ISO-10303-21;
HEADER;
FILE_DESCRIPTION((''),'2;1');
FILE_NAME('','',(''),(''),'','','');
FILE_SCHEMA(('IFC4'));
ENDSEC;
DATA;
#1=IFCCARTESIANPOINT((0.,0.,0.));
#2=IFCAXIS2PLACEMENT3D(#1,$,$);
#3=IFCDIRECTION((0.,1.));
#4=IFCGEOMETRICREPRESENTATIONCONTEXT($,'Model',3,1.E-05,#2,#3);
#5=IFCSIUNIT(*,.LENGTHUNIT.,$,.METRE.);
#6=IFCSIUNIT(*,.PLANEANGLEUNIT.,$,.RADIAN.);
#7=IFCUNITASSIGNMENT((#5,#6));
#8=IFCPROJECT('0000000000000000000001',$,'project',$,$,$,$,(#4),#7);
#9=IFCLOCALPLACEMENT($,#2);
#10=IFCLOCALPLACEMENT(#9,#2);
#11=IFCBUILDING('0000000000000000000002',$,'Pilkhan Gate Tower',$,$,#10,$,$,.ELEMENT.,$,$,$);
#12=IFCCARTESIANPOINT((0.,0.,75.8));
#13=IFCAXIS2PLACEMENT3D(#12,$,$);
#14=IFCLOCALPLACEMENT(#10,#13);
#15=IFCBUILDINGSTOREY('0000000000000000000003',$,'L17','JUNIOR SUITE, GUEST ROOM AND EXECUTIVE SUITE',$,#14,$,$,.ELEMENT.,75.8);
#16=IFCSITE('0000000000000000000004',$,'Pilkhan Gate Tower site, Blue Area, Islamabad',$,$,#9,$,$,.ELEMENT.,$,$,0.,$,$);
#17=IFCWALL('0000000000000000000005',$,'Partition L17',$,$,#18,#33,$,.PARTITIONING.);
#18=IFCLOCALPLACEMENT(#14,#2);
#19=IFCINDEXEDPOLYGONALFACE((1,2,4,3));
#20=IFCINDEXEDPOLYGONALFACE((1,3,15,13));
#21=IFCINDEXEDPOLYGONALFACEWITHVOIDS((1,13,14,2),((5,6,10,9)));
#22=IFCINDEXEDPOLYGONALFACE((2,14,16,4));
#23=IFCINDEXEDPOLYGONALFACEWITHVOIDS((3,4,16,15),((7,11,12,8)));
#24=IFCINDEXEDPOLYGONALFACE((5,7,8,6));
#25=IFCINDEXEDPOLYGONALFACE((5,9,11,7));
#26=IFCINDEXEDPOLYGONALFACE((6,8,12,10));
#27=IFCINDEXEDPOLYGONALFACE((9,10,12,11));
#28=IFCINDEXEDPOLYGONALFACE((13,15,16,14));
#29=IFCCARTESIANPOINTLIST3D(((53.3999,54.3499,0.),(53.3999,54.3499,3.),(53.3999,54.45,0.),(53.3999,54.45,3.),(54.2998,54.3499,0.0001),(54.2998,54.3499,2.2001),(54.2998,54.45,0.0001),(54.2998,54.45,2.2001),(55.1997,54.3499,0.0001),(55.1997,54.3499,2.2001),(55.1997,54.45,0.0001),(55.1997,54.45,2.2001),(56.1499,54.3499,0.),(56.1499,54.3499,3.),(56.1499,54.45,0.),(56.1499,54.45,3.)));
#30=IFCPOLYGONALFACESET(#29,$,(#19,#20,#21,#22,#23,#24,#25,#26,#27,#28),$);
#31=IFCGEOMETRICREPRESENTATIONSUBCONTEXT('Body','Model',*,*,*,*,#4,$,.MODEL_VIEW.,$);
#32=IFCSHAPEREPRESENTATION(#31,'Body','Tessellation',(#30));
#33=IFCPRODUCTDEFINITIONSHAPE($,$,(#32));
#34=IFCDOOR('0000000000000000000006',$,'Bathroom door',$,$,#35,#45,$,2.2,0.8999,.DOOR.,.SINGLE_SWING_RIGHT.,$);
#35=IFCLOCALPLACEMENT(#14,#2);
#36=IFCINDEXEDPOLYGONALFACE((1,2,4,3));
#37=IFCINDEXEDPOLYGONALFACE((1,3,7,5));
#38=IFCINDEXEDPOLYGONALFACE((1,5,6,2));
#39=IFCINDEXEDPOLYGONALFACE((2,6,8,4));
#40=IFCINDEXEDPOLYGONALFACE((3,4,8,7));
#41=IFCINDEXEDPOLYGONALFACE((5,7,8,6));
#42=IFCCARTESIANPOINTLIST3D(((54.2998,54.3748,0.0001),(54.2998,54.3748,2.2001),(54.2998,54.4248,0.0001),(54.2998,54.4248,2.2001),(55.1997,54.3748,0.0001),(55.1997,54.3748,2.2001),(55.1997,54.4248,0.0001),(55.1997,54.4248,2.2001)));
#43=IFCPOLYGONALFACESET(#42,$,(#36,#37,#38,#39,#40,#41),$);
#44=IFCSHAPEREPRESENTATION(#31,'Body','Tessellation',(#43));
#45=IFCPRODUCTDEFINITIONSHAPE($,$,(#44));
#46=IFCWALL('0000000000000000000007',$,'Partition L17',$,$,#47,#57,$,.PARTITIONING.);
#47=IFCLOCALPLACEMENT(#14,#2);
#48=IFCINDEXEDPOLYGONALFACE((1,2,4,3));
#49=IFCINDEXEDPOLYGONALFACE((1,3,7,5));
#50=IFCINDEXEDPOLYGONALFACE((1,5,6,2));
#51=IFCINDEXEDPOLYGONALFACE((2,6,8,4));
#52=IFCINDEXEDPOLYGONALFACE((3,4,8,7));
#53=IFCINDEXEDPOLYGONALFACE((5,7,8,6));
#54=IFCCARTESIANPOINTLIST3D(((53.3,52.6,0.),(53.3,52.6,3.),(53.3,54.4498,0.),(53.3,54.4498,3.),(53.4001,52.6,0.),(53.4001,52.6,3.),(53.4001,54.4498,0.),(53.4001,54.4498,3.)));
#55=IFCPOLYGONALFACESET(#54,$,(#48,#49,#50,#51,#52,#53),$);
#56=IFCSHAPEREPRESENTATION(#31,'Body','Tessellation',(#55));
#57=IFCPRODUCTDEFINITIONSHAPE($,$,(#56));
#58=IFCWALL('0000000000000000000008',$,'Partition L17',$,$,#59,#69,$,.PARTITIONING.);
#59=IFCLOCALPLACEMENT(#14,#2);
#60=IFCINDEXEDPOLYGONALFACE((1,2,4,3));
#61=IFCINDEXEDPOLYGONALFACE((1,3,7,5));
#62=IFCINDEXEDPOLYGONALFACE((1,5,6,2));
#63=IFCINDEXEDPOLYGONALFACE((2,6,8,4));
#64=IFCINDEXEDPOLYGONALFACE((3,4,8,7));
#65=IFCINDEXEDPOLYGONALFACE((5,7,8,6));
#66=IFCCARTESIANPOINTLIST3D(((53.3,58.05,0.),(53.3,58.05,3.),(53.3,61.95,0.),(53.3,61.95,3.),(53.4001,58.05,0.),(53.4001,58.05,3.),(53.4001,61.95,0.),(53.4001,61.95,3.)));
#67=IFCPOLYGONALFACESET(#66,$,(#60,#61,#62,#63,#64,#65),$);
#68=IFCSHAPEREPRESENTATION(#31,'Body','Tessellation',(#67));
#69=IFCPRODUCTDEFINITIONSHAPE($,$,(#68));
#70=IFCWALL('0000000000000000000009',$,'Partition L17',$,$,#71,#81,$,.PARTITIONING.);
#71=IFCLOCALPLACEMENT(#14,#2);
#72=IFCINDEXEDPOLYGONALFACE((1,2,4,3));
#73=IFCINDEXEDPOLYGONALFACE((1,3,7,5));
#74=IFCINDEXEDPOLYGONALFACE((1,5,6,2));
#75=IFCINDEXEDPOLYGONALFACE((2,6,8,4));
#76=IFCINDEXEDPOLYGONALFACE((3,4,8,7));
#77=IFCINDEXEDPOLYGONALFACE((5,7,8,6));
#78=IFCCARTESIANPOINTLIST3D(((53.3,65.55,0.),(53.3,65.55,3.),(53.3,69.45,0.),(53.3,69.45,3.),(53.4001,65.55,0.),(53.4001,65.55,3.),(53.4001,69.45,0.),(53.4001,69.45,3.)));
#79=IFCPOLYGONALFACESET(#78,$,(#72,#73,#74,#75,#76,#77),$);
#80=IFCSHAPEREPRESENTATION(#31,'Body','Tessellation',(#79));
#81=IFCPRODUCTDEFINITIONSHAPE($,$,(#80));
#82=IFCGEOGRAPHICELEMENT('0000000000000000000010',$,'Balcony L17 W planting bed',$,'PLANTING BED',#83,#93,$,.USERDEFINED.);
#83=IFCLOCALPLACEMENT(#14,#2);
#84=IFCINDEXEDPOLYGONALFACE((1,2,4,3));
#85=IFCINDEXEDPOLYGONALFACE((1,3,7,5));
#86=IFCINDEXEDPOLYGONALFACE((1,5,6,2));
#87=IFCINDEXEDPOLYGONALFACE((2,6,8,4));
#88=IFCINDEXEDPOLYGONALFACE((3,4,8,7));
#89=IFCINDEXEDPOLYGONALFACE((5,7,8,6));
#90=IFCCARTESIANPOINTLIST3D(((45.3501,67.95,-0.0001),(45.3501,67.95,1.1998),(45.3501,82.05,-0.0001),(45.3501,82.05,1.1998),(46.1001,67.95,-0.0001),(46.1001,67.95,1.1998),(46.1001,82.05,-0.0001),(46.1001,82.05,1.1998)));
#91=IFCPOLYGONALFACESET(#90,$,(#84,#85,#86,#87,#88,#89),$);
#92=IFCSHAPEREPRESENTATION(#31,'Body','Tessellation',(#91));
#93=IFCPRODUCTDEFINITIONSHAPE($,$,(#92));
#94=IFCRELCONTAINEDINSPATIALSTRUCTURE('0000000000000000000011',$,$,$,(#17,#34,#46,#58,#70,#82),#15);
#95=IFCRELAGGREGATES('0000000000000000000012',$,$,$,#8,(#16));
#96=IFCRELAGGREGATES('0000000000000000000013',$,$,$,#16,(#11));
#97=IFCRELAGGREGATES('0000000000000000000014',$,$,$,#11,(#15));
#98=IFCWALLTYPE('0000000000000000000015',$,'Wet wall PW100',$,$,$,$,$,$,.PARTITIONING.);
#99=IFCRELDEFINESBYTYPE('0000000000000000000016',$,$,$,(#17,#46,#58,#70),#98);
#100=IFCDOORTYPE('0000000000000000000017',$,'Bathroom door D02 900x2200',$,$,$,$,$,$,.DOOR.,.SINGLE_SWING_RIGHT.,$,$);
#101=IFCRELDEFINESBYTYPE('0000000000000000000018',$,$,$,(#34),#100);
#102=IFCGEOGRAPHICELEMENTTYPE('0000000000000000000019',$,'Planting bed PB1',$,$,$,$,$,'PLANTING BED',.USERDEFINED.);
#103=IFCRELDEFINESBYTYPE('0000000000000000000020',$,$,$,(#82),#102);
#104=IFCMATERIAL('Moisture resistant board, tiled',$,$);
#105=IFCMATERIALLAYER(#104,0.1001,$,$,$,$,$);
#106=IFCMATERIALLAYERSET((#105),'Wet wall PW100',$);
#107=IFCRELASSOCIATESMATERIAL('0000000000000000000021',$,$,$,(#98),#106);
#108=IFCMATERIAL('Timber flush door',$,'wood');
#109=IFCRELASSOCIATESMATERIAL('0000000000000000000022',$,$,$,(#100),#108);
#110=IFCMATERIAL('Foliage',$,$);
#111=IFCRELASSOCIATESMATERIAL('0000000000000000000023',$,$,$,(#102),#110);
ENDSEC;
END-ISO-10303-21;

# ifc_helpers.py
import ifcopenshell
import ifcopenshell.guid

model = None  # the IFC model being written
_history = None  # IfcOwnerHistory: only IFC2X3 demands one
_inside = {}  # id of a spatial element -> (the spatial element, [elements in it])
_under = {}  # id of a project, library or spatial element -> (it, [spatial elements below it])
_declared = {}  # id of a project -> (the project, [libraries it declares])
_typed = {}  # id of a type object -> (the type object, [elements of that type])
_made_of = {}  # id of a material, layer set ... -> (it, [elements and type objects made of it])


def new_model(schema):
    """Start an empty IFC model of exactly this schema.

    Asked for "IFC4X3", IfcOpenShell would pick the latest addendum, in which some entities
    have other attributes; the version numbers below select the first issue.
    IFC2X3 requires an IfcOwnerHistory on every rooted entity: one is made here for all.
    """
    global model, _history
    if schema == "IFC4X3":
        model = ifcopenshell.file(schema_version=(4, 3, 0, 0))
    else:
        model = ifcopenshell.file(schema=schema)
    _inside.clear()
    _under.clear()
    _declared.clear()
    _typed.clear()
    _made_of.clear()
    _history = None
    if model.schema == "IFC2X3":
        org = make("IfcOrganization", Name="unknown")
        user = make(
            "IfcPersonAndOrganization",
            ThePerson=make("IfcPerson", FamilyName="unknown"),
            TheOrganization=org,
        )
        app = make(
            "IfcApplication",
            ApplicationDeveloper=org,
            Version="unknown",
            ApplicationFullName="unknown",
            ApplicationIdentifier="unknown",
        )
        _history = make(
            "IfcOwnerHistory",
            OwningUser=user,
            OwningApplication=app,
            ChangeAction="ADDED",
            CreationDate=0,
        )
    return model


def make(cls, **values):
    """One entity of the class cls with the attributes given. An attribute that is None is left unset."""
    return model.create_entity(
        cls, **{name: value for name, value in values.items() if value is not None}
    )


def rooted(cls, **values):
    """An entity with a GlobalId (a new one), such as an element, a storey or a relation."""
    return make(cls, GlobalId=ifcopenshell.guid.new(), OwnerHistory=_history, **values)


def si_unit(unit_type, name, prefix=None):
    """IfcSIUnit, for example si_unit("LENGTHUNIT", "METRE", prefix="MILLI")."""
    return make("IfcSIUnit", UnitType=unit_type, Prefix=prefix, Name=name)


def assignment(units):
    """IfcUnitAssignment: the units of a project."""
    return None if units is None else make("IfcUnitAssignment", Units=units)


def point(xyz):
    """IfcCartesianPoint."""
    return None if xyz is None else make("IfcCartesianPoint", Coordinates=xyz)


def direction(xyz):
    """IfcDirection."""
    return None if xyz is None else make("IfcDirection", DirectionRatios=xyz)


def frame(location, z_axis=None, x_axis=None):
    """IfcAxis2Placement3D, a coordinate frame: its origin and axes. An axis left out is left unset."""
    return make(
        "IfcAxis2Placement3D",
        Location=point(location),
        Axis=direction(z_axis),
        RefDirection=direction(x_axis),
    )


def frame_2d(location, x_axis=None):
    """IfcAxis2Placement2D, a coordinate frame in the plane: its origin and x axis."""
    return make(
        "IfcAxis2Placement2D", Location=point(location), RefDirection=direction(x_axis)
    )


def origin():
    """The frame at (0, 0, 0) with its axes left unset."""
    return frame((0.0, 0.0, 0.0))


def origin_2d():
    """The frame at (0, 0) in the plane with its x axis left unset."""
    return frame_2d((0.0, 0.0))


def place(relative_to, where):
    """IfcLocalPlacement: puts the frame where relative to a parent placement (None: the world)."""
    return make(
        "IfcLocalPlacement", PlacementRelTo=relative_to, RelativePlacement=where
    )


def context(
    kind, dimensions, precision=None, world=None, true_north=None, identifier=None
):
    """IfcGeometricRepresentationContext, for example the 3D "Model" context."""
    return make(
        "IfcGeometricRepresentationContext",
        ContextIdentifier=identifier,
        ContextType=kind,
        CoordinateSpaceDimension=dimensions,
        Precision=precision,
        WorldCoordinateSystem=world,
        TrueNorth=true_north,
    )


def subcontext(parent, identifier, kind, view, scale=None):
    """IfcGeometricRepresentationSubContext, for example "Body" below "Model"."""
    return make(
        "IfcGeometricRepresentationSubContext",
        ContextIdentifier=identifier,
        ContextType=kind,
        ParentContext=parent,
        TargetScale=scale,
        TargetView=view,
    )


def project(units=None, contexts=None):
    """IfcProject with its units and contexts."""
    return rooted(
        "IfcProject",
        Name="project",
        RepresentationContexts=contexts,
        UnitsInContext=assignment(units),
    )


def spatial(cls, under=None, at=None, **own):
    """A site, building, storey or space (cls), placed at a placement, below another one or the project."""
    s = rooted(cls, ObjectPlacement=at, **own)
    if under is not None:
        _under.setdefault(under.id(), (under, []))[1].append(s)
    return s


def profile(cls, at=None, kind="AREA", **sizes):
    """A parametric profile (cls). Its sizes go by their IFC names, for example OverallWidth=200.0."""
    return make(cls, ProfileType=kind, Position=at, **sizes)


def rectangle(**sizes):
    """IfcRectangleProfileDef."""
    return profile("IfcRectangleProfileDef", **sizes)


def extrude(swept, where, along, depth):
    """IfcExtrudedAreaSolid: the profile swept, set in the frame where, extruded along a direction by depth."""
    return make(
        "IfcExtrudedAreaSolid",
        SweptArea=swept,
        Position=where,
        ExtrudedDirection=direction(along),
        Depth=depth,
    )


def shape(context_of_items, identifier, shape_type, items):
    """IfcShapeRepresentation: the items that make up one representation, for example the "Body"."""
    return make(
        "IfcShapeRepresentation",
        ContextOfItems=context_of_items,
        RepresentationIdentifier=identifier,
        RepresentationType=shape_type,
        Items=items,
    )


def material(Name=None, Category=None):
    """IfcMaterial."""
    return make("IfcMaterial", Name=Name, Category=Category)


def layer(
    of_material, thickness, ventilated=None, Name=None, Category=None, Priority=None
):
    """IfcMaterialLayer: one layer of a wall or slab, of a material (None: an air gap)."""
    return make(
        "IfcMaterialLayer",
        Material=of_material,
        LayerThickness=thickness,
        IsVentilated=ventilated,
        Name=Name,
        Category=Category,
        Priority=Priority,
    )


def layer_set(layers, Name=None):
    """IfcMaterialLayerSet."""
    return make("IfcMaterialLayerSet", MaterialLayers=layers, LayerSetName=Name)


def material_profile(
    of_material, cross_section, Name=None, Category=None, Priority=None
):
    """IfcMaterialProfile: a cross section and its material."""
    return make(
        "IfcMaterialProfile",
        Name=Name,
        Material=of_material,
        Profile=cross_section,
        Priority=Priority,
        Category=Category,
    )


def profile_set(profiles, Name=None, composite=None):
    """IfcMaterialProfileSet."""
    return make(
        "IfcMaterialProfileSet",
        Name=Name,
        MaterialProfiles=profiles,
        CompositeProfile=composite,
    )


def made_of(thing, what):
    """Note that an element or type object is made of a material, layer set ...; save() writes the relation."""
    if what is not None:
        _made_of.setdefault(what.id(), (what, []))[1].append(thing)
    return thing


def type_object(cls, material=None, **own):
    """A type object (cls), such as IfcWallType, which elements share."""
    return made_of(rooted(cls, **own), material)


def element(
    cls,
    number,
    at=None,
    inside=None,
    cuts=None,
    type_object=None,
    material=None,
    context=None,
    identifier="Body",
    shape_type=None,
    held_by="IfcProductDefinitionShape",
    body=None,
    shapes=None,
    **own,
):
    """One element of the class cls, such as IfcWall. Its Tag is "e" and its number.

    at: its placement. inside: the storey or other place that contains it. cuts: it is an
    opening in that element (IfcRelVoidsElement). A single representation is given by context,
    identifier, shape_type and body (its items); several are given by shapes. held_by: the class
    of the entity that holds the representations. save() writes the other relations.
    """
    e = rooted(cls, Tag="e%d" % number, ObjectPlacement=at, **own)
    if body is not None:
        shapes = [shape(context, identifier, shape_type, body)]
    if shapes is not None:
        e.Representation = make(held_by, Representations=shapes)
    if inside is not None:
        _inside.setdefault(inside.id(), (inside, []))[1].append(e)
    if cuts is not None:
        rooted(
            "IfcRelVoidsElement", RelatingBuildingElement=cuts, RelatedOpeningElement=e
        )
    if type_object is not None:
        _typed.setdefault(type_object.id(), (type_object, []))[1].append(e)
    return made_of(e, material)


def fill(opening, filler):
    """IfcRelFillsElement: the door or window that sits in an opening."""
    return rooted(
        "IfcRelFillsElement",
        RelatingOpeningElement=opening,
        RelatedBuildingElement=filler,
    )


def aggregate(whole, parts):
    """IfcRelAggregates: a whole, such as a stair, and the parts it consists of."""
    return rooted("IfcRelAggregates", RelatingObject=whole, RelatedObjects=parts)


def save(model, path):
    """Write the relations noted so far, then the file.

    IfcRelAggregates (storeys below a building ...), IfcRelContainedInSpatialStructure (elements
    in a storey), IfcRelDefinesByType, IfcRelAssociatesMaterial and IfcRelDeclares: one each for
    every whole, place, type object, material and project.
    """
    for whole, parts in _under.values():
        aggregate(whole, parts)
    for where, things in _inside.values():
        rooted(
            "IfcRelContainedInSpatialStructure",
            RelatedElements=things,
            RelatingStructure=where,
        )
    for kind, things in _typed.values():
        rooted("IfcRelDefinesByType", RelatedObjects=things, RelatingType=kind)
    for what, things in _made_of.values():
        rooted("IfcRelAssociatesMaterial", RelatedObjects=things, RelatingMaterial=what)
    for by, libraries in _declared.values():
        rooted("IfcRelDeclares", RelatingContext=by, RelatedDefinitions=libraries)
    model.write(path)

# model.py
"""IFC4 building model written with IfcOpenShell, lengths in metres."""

from ifc_helpers import new_model, si_unit, direction, frame, frame_2d, origin, origin_2d, place, context, subcontext, project, spatial, rectangle, extrude, material, layer, layer_set, material_profile, profile_set, type_object, element, fill, save


model = new_model("IFC4")

# Units and contexts
model_context = context("Model", 3, precision=1e-05, world=origin(), true_north=direction((0.0, 1.0)))
body_context = subcontext(model_context, "Body", "Model", "MODEL_VIEW")
ifc_project = project(units=[si_unit("LENGTHUNIT", "METRE"), si_unit("PLANEANGLEUNIT", "RADIAN")], contexts=[model_context])

# Site, building, storey
site_placement = place(None, origin())
site = spatial("IfcSite", under=ifc_project, at=site_placement, Name="Pilkhan Gate Tower site, Blue Area, Islamabad", CompositionType="ELEMENT", RefElevation=0.0)
building_placement = place(site_placement, origin())
building = spatial("IfcBuilding", under=site, at=building_placement, Name="Pilkhan Gate Tower", CompositionType="ELEMENT")
storey_placement = place(building_placement, frame((0.0, 0.0, 75.8)))
storey = spatial("IfcBuildingStorey", under=building, at=storey_placement, Name="L17", Description="JUNIOR SUITE, GUEST ROOM AND EXECUTIVE SUITE", CompositionType="ELEMENT", Elevation=75.8)

# Wall, opening, door
ifc_material_1 = material(Name="Moisture resistant board, tiled")
ifc_layer_1 = layer(ifc_material_1, 0.1001)
ifc_layer_set_1 = layer_set([ifc_layer_1], Name="Wet wall PW100")
wall_type_1 = type_object("IfcWallType", Name="Wet wall PW100", PredefinedType="PARTITIONING", material=ifc_layer_set_1)
wall_1_placement = place(storey_placement, frame((53.3999, 54.3999, 0.0), z_axis=(0.0, 0.0, 1.0), x_axis=(1.0, 0.0, 0.0)))
wall_1 = element("IfcWall", 1, at=wall_1_placement, inside=storey, type_object=wall_type_1, Name="Partition L17", PredefinedType="PARTITIONING", context=body_context, shape_type="SweptSolid", body=[
    extrude(rectangle(XDim=2.75, YDim=0.1001, at=frame_2d((1.375, 0.0))), origin(), (0.0, 0.0, 1.0), 3.0),
])
opening_placement = place(wall_1_placement, frame((0.8999, 0.0, 0.0)))
opening = element("IfcOpeningElement", 2, at=opening_placement, cuts=wall_1, PredefinedType="OPENING", context=body_context, shape_type="SweptSolid", body=[
    extrude(rectangle(XDim=0.8999, YDim=2.2, at=frame_2d((0.45, 1.1001))), frame((0.0, 0.0601, 0.0), z_axis=(0.0, -1.0, 0.0), x_axis=(1.0, 0.0, 0.0)), (0.0, 0.0, 1.0), 0.1201),
])
ifc_material_2 = material(Name="Timber flush door", Category="wood")
door_type = type_object("IfcDoorType", Name="Bathroom door D02 900x2200", OperationType="SINGLE_SWING_RIGHT", PredefinedType="DOOR", material=ifc_material_2)
door_placement = place(opening_placement, origin())
door = element("IfcDoor", 3, at=door_placement, inside=storey, type_object=door_type, Name="Bathroom door", OperationType="SINGLE_SWING_RIGHT", OverallHeight=2.2, OverallWidth=0.8999, PredefinedType="DOOR", context=body_context, shape_type="SweptSolid", body=[
    extrude(rectangle(XDim=0.8999, YDim=2.2, at=frame_2d((0.45, 1.1001))), frame((0.0, 0.0249, 0.0), z_axis=(0.0, -1.0, 0.0), x_axis=(1.0, 0.0, 0.0)), (0.0, 0.0, 1.0), 0.05),
])
fill(opening, door)

# Walls
wall_2_placement = place(storey_placement, frame((53.3501, 52.6001, 0.0), z_axis=(0.0, 0.0, 1.0), x_axis=(0.0, 1.0, 0.0)))
element("IfcWall", 4, at=wall_2_placement, inside=storey, type_object=wall_type_1, Name="Partition L17", PredefinedType="PARTITIONING", context=body_context, shape_type="SweptSolid", body=[
    extrude(rectangle(XDim=1.8499, YDim=0.1001, at=frame_2d((0.9248, 0.0))), origin(), (0.0, 0.0, 1.0), 3.0),
])
for number, where, z_axis, x_axis, name in (
    (5, (53.3501, 58.05, 0.0), (0.0, 0.0, 1.0), (0.0, 1.0, 0.0), "Partition L17"),
    (6, (53.3501, 65.55, 0.0), (0.0, 0.0, 1.0), (0.0, 1.0, 0.0), "Partition L17"),
):
    element("IfcWall", number, at=place(storey_placement, frame(where, z_axis=z_axis, x_axis=x_axis)), inside=storey, type_object=wall_type_1, Name=name, PredefinedType="PARTITIONING", context=body_context, shape_type="SweptSolid", body=[
        extrude(rectangle(XDim=3.8999, YDim=0.1001, at=frame_2d((1.95, 0.0))), origin(), (0.0, 0.0, 1.0), 3.0),
    ])

# Geographic element
ifc_material_3 = material(Name="Foliage")
ifc_material_profile_1 = material_profile(ifc_material_3, rectangle(XDim=0.75, YDim=1.2, at=origin_2d()), Name="Bed 750x1200")
ifc_profile_set_1 = profile_set([ifc_material_profile_1], Name="Foliage")
geographic_element_type = type_object("IfcGeographicElementType", Name="Planting bed PB1", ElementType="PLANTING BED", PredefinedType="USERDEFINED", material=ifc_profile_set_1)
geographic_element_placement = place(storey_placement, frame((45.7251, 67.95, 0.5999), z_axis=(0.0, 1.0, 0.0), x_axis=(-1.0, 0.0, 0.0)))
element("IfcGeographicElement", 7, at=geographic_element_placement, inside=storey, type_object=geographic_element_type, Name="Balcony L17 W planting bed", ObjectType="PLANTING BED", PredefinedType="USERDEFINED", context=body_context, shape_type="SweptSolid", body=[
    extrude(rectangle(XDim=0.75, YDim=1.2, at=origin_2d()), origin(), (0.0, 0.0, 1.0), 14.1001),
])

save(model, "model.ifc")
